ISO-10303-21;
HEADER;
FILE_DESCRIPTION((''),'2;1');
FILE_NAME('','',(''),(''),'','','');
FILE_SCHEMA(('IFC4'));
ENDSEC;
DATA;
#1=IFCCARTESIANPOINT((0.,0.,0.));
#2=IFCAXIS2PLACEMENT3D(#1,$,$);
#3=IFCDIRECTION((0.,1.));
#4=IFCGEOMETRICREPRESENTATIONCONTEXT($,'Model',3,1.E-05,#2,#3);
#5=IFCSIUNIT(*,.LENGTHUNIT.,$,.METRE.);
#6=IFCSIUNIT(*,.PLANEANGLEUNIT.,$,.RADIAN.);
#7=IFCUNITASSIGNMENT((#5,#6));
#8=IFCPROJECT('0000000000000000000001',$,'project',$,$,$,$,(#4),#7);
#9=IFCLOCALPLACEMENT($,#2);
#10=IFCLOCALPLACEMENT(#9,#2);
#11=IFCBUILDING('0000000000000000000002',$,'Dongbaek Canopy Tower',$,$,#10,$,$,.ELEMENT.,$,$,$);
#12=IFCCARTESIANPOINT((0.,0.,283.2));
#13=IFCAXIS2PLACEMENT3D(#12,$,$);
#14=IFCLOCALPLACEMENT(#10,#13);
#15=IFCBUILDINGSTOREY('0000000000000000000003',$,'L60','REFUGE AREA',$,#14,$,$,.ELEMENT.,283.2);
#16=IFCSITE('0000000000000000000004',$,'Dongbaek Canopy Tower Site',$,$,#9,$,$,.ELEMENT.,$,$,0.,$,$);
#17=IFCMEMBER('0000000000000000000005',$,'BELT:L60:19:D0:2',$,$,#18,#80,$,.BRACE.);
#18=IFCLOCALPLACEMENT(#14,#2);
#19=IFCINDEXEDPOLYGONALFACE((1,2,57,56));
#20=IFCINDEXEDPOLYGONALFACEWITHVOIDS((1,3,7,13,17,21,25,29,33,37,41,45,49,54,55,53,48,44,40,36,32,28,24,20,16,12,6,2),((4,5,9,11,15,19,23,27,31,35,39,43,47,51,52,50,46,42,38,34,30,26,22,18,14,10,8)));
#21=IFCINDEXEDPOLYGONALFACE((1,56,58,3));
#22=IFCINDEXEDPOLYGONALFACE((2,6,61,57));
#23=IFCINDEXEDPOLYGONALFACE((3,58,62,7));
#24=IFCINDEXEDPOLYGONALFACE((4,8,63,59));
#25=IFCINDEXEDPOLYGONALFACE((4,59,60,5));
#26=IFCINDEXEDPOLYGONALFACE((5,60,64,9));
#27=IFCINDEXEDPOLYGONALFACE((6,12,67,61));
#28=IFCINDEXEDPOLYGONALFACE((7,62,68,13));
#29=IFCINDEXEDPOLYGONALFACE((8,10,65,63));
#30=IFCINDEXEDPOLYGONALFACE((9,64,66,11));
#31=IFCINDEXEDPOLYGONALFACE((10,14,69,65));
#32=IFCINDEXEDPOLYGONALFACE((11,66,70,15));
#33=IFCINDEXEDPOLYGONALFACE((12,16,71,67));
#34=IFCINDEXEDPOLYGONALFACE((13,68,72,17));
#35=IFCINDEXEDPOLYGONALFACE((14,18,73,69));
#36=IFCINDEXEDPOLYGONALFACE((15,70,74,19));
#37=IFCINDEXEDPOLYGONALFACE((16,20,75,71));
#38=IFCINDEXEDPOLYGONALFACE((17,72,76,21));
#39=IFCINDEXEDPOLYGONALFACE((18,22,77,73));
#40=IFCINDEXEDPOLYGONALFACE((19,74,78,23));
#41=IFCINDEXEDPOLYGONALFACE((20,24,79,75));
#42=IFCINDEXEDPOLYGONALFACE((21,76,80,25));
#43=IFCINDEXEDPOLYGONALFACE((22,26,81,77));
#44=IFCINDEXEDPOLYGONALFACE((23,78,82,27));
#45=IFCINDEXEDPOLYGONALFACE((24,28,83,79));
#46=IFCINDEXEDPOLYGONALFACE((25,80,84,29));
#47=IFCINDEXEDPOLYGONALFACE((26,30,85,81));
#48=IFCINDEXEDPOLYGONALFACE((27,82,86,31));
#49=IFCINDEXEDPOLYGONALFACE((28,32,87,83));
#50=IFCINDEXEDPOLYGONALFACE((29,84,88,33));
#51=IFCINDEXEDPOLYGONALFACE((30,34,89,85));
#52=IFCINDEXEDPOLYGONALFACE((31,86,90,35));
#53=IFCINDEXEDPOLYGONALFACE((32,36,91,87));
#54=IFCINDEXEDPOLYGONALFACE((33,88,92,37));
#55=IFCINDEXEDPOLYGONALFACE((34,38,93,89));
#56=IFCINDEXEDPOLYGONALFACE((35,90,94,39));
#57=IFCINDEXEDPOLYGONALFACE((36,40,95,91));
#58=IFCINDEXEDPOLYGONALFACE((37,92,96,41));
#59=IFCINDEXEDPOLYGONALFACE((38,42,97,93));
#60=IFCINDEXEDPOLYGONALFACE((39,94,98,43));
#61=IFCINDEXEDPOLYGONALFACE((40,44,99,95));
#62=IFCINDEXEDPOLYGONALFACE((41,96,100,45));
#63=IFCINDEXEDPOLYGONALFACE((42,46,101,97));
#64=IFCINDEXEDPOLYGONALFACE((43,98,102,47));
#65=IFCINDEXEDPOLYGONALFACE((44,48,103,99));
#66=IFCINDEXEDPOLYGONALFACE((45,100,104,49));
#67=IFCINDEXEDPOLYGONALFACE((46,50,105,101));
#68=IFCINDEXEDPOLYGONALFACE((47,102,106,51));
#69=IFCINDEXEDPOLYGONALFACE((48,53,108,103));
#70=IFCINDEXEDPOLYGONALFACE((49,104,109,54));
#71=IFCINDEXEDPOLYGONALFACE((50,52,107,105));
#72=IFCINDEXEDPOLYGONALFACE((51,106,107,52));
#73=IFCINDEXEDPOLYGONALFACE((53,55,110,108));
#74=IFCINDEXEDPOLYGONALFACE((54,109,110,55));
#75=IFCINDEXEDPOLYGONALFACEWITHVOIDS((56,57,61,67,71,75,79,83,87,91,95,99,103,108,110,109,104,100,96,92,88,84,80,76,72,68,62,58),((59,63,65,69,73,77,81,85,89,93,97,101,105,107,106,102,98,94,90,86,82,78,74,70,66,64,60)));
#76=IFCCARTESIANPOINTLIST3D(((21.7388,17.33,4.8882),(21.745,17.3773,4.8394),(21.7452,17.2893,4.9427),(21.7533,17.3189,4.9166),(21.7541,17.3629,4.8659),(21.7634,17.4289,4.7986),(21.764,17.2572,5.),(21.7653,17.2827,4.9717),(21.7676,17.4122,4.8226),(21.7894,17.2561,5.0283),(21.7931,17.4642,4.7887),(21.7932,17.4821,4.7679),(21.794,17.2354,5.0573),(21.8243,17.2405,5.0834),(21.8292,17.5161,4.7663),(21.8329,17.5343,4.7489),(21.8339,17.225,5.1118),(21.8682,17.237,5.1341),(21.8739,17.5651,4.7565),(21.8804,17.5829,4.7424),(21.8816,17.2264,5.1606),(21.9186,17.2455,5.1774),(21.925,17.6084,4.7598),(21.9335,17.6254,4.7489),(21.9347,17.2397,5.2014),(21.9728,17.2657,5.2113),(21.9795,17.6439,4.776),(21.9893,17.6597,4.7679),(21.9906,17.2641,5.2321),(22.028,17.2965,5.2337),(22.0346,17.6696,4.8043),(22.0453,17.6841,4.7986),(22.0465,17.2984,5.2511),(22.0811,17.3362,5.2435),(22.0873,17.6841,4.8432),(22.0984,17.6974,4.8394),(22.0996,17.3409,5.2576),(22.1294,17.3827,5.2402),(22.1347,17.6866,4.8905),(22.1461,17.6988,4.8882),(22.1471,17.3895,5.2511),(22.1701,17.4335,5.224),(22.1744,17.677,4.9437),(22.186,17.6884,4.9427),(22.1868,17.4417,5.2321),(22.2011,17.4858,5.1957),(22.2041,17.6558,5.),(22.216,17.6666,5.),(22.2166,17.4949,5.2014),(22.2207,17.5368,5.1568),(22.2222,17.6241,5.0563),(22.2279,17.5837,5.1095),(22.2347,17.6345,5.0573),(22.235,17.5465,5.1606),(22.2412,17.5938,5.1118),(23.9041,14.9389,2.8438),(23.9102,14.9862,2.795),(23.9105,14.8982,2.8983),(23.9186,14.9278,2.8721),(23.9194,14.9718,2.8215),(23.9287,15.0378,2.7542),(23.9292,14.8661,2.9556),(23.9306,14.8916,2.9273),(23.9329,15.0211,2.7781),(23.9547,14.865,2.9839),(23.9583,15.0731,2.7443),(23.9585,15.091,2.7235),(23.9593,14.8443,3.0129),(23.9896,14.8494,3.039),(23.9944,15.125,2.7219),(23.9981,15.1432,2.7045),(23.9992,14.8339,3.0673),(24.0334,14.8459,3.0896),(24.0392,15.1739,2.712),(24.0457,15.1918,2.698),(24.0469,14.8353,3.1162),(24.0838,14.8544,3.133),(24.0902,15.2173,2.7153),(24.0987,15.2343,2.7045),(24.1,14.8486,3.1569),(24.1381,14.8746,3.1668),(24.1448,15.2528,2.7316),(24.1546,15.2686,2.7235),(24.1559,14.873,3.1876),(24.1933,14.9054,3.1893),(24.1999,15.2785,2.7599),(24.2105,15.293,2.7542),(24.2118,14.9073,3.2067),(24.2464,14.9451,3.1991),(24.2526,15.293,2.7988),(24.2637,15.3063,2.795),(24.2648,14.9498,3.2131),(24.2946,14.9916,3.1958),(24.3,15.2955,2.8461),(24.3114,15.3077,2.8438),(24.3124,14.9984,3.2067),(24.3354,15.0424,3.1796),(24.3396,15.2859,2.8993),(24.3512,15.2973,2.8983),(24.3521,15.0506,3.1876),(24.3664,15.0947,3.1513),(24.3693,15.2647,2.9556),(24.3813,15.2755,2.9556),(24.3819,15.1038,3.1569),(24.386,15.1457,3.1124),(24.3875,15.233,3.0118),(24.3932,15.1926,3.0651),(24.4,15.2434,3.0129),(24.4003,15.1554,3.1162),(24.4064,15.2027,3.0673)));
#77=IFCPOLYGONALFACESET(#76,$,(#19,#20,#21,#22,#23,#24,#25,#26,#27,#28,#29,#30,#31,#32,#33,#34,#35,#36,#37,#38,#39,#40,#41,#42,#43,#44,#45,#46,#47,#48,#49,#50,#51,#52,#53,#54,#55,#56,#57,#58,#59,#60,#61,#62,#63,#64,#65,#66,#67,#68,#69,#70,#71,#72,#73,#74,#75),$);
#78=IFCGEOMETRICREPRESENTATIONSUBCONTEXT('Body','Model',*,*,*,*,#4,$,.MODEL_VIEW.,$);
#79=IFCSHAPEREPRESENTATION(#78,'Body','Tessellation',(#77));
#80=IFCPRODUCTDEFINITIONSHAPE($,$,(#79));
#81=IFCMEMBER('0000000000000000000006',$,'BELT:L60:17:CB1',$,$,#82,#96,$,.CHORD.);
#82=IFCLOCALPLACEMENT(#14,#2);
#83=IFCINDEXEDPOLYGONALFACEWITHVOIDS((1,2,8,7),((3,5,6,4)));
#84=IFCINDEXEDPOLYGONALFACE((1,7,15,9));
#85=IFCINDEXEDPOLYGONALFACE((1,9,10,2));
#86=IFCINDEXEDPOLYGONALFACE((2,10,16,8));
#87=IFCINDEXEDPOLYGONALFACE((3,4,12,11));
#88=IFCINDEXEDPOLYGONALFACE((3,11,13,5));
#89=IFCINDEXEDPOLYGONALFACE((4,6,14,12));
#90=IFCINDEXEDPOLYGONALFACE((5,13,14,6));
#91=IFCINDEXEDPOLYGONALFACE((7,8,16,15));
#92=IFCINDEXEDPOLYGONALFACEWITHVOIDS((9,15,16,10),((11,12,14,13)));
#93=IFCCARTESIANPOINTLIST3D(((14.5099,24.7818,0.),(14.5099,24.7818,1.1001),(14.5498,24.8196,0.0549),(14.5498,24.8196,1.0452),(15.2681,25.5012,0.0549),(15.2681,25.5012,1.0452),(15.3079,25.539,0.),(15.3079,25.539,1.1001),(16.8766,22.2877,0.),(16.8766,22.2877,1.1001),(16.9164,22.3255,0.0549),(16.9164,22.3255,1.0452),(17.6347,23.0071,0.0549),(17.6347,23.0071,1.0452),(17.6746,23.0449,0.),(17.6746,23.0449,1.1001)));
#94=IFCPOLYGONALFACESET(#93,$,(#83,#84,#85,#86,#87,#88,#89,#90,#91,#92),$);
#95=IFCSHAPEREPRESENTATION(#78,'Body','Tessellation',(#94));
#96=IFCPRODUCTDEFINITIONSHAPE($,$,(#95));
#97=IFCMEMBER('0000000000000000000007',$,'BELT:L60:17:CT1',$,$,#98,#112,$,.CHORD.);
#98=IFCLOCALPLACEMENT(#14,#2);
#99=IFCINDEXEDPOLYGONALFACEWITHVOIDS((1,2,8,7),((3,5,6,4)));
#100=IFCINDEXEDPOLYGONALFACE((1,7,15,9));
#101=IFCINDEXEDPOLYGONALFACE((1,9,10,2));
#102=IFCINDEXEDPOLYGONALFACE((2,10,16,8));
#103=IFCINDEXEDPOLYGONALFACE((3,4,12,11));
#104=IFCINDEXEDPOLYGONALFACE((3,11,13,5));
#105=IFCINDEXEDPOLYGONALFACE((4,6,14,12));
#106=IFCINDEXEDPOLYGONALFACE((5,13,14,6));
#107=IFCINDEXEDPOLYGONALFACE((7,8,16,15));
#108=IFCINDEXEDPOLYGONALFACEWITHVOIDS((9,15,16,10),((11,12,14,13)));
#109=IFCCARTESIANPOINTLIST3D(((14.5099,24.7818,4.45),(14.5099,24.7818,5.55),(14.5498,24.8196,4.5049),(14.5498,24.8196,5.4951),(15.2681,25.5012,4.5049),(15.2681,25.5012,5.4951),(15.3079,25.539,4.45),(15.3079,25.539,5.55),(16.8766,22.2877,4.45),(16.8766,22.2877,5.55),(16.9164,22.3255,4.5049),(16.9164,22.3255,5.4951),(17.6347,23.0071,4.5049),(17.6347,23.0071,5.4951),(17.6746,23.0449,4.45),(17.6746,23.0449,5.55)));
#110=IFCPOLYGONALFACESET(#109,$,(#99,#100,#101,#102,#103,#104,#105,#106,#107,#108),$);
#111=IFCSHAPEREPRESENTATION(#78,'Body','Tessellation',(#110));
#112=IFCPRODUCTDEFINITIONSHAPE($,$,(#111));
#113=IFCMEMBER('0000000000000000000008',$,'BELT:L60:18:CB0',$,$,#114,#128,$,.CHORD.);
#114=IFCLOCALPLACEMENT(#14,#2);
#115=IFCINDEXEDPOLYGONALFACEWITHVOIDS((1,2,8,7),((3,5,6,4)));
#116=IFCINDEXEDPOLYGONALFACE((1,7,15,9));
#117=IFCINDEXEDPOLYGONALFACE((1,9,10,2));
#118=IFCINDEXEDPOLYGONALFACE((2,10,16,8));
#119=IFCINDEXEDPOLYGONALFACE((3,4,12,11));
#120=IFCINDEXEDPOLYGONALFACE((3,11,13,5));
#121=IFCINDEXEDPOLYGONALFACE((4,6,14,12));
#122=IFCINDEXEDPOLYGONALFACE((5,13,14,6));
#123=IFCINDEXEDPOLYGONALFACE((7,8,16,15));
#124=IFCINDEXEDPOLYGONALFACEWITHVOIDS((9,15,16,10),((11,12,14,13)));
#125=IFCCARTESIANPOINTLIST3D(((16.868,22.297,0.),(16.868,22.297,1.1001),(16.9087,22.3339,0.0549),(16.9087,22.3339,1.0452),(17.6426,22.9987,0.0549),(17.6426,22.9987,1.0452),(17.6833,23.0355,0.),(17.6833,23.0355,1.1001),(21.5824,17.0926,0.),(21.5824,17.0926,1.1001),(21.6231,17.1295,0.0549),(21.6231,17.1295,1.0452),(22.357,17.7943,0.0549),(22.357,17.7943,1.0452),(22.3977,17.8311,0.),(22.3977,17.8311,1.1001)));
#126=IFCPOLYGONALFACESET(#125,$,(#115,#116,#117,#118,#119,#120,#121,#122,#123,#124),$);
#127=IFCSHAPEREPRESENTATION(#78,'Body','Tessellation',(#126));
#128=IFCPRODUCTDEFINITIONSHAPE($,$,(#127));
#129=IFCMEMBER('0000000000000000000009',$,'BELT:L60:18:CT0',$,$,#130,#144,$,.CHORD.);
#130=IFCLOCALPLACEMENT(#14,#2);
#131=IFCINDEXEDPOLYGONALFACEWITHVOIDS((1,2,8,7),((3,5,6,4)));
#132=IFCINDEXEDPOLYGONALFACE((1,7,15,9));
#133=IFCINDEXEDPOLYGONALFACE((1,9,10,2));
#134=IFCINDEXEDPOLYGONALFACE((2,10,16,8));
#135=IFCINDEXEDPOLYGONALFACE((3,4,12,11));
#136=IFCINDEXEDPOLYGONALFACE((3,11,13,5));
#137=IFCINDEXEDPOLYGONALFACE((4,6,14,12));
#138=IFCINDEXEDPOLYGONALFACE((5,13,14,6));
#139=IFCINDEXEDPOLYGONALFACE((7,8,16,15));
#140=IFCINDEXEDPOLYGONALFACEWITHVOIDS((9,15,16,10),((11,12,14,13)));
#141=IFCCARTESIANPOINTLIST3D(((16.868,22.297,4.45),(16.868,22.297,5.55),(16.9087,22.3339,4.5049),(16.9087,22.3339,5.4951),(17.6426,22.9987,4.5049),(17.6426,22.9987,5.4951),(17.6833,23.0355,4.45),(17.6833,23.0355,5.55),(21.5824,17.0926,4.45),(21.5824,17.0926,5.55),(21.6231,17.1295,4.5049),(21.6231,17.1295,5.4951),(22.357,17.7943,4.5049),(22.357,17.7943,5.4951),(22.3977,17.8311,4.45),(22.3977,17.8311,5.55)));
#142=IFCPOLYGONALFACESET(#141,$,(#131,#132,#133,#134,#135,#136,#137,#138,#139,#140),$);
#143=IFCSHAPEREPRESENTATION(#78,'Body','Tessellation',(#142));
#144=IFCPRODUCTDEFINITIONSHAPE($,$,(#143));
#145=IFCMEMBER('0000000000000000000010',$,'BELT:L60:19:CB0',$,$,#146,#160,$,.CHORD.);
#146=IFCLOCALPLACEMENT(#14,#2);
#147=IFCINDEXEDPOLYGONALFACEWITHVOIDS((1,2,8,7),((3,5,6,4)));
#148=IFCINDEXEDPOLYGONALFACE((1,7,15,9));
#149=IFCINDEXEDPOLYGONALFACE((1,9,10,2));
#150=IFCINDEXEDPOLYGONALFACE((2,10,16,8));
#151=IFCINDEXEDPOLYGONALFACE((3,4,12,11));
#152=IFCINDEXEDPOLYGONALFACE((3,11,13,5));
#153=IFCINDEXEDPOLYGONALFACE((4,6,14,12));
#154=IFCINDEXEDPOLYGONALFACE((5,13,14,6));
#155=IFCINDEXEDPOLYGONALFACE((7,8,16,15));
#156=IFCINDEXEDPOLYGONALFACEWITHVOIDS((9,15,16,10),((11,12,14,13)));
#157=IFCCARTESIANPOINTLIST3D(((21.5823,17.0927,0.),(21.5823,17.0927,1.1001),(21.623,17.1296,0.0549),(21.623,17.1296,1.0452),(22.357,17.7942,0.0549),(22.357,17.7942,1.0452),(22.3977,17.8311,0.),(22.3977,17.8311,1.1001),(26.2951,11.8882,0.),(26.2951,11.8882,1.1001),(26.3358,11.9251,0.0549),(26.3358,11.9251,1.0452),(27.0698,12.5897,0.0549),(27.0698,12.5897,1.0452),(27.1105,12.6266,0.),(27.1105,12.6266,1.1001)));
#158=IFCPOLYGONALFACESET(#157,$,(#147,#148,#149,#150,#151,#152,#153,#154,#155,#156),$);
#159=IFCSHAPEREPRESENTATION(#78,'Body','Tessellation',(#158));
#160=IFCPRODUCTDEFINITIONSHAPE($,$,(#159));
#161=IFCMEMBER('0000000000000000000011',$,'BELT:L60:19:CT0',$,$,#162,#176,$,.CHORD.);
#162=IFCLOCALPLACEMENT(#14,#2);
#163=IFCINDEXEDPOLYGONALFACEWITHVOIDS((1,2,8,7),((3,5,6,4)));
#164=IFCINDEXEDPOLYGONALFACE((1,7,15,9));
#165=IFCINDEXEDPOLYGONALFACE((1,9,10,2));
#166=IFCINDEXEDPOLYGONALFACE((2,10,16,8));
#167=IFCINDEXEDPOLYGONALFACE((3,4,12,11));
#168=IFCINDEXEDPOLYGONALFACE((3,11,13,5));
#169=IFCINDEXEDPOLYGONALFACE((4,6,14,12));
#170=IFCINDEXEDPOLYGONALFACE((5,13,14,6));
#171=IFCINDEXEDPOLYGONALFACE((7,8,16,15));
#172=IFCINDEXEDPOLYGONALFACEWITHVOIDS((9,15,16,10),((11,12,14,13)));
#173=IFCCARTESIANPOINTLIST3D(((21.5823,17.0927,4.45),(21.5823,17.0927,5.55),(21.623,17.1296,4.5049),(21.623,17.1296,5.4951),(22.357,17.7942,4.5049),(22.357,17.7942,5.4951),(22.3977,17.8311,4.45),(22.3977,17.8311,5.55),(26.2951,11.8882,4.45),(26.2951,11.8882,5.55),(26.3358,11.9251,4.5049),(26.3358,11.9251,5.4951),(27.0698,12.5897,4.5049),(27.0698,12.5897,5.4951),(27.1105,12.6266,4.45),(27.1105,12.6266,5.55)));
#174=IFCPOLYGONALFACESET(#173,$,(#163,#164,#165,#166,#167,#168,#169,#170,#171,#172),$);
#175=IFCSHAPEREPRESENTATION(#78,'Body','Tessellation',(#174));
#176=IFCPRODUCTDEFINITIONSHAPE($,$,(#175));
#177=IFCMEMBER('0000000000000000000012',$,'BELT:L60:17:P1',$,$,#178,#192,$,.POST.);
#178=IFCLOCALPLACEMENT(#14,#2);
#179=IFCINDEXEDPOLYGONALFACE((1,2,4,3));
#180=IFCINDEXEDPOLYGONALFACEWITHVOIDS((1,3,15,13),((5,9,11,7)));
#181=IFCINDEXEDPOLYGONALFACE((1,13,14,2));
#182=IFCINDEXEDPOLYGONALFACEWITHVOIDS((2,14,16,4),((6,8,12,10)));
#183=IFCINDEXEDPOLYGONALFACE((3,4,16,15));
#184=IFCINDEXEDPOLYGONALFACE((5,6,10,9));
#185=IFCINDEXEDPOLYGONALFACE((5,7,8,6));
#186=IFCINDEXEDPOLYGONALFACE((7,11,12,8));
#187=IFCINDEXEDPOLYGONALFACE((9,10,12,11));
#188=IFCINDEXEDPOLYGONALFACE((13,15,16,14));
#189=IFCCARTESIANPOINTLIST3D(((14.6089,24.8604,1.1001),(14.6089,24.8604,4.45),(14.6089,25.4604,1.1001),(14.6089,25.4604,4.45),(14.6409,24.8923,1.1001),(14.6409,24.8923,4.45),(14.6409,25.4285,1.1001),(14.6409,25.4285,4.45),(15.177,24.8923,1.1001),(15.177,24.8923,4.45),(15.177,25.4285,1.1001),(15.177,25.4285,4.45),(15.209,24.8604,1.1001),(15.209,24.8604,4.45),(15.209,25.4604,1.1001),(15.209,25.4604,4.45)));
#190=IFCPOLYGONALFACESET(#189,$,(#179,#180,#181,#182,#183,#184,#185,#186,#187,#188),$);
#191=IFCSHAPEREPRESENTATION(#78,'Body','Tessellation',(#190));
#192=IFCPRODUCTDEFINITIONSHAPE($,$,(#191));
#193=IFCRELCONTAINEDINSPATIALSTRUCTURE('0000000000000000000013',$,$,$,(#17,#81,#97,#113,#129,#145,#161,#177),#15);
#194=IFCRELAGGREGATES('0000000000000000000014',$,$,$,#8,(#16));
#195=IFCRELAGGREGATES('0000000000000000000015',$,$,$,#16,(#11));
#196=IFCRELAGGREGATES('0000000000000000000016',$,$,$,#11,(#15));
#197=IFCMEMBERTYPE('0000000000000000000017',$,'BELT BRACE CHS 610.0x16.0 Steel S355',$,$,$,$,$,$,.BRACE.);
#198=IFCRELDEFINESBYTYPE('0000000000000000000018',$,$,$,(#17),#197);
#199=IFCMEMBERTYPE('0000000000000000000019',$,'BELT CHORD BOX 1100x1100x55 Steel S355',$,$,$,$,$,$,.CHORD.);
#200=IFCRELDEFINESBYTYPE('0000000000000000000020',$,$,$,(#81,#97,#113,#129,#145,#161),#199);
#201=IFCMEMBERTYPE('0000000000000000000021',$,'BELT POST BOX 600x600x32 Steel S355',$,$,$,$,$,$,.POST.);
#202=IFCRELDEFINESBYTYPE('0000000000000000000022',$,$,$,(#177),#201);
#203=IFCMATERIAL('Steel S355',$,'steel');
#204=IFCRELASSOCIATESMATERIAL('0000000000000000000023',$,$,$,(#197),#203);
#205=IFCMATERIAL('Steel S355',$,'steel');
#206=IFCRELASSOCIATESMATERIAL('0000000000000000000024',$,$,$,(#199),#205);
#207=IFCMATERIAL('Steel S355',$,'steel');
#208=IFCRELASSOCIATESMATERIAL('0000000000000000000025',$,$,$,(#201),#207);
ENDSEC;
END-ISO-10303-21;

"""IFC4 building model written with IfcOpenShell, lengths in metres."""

from ifc_helpers import new_model, si_unit, direction, frame, origin, origin_2d, place, context, subcontext, project, spatial, hollow_rectangle, hollow_circle, extrude, material, material_profile, profile_set, type_object, element, save


model = new_model("IFC4")

# Units and contexts
model_context = context("Model", 3, precision=1e-05, world=origin(), true_north=direction((0.0, 1.0)))
body_context = subcontext(model_context, "Body", "Model", "MODEL_VIEW")
ifc_project = project(units=[si_unit("LENGTHUNIT", "METRE"), si_unit("PLANEANGLEUNIT", "RADIAN")], contexts=[model_context])

# Site, building, storey
site_placement = place(None, origin())
site = spatial("IfcSite", under=ifc_project, at=site_placement, Name="Dongbaek Canopy Tower Site", CompositionType="ELEMENT", RefElevation=0.0)
building_placement = place(site_placement, origin())
building = spatial("IfcBuilding", under=site, at=building_placement, Name="Dongbaek Canopy Tower", CompositionType="ELEMENT")
storey_placement = place(building_placement, frame((0.0, 0.0, 283.2)))
storey = spatial("IfcBuildingStorey", under=building, at=storey_placement, Name="L60", Description="REFUGE AREA", CompositionType="ELEMENT", Elevation=283.2)

# Members
ifc_material_1 = material(Name="Steel S355", Category="steel")
ifc_material_profile_1 = material_profile(ifc_material_1, hollow_circle(Radius=0.3049, WallThickness=0.0161, at=origin_2d()), Name="BELT BRACE CHS 610.0x16.0 Steel S355")
ifc_profile_set_1 = profile_set([ifc_material_profile_1], Name="Steel S355")
member_type_1 = type_object("IfcMemberType", Name="BELT BRACE CHS 610.0x16.0 Steel S355", PredefinedType="BRACE", material=ifc_profile_set_1)
member_1_placement = place(storey_placement, frame((21.99, 17.4619, 5.0), z_axis=(0.566961, -0.626092, -0.535317), x_axis=(0.741243, 0.671236, 0.0)))
element("IfcMember", 1, at=member_1_placement, inside=storey, type_object=member_type_1, Name="BELT:L60:19:D0:2", PredefinedType="BRACE", context=body_context, shape_type="SweptSolid", body=[
    extrude(hollow_circle(Radius=0.3049, WallThickness=0.0161, at=origin_2d()), origin(), (0.0, 0.0, 1.0), 3.8191),
])
ifc_material_2 = material(Name="Steel S355", Category="steel")
ifc_material_profile_2 = material_profile(ifc_material_2, hollow_rectangle(XDim=1.1001, YDim=1.1001, WallThickness=0.0549, at=origin_2d()), Name="BELT CHORD BOX 1100x1100x55 Steel S355")
ifc_profile_set_2 = profile_set([ifc_material_profile_2], Name="Steel S355")
member_type_2 = type_object("IfcMemberType", Name="BELT CHORD BOX 1100x1100x55 Steel S355", PredefinedType="CHORD", material=ifc_profile_set_2)
for number, where, z_axis, x_axis, name in (
    (2, (14.9089, 25.1604, 0.55), (0.688331, -0.725396, 0.0), (0.725396, 0.688331, 0.0), "BELT:L60:17:CB1"),
    (3, (14.9089, 25.1604, 5.0), (0.688331, -0.725396, 0.0), (0.725396, 0.688331, 0.0), "BELT:L60:17:CT1"),
):
    element("IfcMember", number, at=place(storey_placement, frame(where, z_axis=z_axis, x_axis=x_axis)), inside=storey, type_object=member_type_2, Name=name, PredefinedType="CHORD", context=body_context, shape_type="SweptSolid", body=[
        extrude(hollow_rectangle(XDim=1.1001, YDim=1.1001, WallThickness=0.0549, at=origin_2d()), origin(), (0.0, 0.0, 1.0), 3.4382),
    ])
for number, where, z_axis, x_axis, name in (
    (4, (17.2756, 22.6663, 0.55), (0.671357, -0.741135, 0.0), (0.741135, 0.671357, 0.0), "BELT:L60:18:CB0"),
    (5, (17.2756, 22.6663, 5.0), (0.671357, -0.741135, 0.0), (0.741135, 0.671357, 0.0), "BELT:L60:18:CT0"),
):
    element("IfcMember", number, at=place(storey_placement, frame(where, z_axis=z_axis, x_axis=x_axis)), inside=storey, type_object=member_type_2, Name=name, PredefinedType="CHORD", context=body_context, shape_type="SweptSolid", body=[
        extrude(hollow_rectangle(XDim=1.1001, YDim=1.1001, WallThickness=0.0549, at=origin_2d()), origin(), (0.0, 0.0, 1.0), 7.0222),
    ])
for number, where, z_axis, x_axis, name in (
    (6, (21.99, 17.4619, 0.55), (0.671225, -0.741254, 0.0), (0.741254, 0.671225, 0.0), "BELT:L60:19:CB0"),
    (7, (21.99, 17.4619, 5.0), (0.671225, -0.741254, 0.0), (0.741254, 0.671225, 0.0), "BELT:L60:19:CT0"),
):
    element("IfcMember", number, at=place(storey_placement, frame(where, z_axis=z_axis, x_axis=x_axis)), inside=storey, type_object=member_type_2, Name=name, PredefinedType="CHORD", context=body_context, shape_type="SweptSolid", body=[
        extrude(hollow_rectangle(XDim=1.1001, YDim=1.1001, WallThickness=0.0549, at=origin_2d()), origin(), (0.0, 0.0, 1.0), 7.0212),
    ])
ifc_material_3 = material(Name="Steel S355", Category="steel")
ifc_material_profile_3 = material_profile(ifc_material_3, hollow_rectangle(XDim=0.6001, YDim=0.6001, WallThickness=0.032, at=origin_2d()), Name="BELT POST BOX 600x600x32 Steel S355")
ifc_profile_set_3 = profile_set([ifc_material_profile_3], Name="Steel S355")
member_type_3 = type_object("IfcMemberType", Name="BELT POST BOX 600x600x32 Steel S355", PredefinedType="POST", material=ifc_profile_set_3)
member_2_placement = place(storey_placement, frame((14.9089, 25.1604, 1.1001), z_axis=(0.0, 0.0, 1.0), x_axis=(1.0, 0.0, 0.0)))
element("IfcMember", 8, at=member_2_placement, inside=storey, type_object=member_type_3, Name="BELT:L60:17:P1", PredefinedType="POST", context=body_context, shape_type="SweptSolid", body=[
    extrude(hollow_rectangle(XDim=0.6001, YDim=0.6001, WallThickness=0.032, at=origin_2d()), origin(), (0.0, 0.0, 1.0), 3.3499),
])

save(model, "model.ifc")
